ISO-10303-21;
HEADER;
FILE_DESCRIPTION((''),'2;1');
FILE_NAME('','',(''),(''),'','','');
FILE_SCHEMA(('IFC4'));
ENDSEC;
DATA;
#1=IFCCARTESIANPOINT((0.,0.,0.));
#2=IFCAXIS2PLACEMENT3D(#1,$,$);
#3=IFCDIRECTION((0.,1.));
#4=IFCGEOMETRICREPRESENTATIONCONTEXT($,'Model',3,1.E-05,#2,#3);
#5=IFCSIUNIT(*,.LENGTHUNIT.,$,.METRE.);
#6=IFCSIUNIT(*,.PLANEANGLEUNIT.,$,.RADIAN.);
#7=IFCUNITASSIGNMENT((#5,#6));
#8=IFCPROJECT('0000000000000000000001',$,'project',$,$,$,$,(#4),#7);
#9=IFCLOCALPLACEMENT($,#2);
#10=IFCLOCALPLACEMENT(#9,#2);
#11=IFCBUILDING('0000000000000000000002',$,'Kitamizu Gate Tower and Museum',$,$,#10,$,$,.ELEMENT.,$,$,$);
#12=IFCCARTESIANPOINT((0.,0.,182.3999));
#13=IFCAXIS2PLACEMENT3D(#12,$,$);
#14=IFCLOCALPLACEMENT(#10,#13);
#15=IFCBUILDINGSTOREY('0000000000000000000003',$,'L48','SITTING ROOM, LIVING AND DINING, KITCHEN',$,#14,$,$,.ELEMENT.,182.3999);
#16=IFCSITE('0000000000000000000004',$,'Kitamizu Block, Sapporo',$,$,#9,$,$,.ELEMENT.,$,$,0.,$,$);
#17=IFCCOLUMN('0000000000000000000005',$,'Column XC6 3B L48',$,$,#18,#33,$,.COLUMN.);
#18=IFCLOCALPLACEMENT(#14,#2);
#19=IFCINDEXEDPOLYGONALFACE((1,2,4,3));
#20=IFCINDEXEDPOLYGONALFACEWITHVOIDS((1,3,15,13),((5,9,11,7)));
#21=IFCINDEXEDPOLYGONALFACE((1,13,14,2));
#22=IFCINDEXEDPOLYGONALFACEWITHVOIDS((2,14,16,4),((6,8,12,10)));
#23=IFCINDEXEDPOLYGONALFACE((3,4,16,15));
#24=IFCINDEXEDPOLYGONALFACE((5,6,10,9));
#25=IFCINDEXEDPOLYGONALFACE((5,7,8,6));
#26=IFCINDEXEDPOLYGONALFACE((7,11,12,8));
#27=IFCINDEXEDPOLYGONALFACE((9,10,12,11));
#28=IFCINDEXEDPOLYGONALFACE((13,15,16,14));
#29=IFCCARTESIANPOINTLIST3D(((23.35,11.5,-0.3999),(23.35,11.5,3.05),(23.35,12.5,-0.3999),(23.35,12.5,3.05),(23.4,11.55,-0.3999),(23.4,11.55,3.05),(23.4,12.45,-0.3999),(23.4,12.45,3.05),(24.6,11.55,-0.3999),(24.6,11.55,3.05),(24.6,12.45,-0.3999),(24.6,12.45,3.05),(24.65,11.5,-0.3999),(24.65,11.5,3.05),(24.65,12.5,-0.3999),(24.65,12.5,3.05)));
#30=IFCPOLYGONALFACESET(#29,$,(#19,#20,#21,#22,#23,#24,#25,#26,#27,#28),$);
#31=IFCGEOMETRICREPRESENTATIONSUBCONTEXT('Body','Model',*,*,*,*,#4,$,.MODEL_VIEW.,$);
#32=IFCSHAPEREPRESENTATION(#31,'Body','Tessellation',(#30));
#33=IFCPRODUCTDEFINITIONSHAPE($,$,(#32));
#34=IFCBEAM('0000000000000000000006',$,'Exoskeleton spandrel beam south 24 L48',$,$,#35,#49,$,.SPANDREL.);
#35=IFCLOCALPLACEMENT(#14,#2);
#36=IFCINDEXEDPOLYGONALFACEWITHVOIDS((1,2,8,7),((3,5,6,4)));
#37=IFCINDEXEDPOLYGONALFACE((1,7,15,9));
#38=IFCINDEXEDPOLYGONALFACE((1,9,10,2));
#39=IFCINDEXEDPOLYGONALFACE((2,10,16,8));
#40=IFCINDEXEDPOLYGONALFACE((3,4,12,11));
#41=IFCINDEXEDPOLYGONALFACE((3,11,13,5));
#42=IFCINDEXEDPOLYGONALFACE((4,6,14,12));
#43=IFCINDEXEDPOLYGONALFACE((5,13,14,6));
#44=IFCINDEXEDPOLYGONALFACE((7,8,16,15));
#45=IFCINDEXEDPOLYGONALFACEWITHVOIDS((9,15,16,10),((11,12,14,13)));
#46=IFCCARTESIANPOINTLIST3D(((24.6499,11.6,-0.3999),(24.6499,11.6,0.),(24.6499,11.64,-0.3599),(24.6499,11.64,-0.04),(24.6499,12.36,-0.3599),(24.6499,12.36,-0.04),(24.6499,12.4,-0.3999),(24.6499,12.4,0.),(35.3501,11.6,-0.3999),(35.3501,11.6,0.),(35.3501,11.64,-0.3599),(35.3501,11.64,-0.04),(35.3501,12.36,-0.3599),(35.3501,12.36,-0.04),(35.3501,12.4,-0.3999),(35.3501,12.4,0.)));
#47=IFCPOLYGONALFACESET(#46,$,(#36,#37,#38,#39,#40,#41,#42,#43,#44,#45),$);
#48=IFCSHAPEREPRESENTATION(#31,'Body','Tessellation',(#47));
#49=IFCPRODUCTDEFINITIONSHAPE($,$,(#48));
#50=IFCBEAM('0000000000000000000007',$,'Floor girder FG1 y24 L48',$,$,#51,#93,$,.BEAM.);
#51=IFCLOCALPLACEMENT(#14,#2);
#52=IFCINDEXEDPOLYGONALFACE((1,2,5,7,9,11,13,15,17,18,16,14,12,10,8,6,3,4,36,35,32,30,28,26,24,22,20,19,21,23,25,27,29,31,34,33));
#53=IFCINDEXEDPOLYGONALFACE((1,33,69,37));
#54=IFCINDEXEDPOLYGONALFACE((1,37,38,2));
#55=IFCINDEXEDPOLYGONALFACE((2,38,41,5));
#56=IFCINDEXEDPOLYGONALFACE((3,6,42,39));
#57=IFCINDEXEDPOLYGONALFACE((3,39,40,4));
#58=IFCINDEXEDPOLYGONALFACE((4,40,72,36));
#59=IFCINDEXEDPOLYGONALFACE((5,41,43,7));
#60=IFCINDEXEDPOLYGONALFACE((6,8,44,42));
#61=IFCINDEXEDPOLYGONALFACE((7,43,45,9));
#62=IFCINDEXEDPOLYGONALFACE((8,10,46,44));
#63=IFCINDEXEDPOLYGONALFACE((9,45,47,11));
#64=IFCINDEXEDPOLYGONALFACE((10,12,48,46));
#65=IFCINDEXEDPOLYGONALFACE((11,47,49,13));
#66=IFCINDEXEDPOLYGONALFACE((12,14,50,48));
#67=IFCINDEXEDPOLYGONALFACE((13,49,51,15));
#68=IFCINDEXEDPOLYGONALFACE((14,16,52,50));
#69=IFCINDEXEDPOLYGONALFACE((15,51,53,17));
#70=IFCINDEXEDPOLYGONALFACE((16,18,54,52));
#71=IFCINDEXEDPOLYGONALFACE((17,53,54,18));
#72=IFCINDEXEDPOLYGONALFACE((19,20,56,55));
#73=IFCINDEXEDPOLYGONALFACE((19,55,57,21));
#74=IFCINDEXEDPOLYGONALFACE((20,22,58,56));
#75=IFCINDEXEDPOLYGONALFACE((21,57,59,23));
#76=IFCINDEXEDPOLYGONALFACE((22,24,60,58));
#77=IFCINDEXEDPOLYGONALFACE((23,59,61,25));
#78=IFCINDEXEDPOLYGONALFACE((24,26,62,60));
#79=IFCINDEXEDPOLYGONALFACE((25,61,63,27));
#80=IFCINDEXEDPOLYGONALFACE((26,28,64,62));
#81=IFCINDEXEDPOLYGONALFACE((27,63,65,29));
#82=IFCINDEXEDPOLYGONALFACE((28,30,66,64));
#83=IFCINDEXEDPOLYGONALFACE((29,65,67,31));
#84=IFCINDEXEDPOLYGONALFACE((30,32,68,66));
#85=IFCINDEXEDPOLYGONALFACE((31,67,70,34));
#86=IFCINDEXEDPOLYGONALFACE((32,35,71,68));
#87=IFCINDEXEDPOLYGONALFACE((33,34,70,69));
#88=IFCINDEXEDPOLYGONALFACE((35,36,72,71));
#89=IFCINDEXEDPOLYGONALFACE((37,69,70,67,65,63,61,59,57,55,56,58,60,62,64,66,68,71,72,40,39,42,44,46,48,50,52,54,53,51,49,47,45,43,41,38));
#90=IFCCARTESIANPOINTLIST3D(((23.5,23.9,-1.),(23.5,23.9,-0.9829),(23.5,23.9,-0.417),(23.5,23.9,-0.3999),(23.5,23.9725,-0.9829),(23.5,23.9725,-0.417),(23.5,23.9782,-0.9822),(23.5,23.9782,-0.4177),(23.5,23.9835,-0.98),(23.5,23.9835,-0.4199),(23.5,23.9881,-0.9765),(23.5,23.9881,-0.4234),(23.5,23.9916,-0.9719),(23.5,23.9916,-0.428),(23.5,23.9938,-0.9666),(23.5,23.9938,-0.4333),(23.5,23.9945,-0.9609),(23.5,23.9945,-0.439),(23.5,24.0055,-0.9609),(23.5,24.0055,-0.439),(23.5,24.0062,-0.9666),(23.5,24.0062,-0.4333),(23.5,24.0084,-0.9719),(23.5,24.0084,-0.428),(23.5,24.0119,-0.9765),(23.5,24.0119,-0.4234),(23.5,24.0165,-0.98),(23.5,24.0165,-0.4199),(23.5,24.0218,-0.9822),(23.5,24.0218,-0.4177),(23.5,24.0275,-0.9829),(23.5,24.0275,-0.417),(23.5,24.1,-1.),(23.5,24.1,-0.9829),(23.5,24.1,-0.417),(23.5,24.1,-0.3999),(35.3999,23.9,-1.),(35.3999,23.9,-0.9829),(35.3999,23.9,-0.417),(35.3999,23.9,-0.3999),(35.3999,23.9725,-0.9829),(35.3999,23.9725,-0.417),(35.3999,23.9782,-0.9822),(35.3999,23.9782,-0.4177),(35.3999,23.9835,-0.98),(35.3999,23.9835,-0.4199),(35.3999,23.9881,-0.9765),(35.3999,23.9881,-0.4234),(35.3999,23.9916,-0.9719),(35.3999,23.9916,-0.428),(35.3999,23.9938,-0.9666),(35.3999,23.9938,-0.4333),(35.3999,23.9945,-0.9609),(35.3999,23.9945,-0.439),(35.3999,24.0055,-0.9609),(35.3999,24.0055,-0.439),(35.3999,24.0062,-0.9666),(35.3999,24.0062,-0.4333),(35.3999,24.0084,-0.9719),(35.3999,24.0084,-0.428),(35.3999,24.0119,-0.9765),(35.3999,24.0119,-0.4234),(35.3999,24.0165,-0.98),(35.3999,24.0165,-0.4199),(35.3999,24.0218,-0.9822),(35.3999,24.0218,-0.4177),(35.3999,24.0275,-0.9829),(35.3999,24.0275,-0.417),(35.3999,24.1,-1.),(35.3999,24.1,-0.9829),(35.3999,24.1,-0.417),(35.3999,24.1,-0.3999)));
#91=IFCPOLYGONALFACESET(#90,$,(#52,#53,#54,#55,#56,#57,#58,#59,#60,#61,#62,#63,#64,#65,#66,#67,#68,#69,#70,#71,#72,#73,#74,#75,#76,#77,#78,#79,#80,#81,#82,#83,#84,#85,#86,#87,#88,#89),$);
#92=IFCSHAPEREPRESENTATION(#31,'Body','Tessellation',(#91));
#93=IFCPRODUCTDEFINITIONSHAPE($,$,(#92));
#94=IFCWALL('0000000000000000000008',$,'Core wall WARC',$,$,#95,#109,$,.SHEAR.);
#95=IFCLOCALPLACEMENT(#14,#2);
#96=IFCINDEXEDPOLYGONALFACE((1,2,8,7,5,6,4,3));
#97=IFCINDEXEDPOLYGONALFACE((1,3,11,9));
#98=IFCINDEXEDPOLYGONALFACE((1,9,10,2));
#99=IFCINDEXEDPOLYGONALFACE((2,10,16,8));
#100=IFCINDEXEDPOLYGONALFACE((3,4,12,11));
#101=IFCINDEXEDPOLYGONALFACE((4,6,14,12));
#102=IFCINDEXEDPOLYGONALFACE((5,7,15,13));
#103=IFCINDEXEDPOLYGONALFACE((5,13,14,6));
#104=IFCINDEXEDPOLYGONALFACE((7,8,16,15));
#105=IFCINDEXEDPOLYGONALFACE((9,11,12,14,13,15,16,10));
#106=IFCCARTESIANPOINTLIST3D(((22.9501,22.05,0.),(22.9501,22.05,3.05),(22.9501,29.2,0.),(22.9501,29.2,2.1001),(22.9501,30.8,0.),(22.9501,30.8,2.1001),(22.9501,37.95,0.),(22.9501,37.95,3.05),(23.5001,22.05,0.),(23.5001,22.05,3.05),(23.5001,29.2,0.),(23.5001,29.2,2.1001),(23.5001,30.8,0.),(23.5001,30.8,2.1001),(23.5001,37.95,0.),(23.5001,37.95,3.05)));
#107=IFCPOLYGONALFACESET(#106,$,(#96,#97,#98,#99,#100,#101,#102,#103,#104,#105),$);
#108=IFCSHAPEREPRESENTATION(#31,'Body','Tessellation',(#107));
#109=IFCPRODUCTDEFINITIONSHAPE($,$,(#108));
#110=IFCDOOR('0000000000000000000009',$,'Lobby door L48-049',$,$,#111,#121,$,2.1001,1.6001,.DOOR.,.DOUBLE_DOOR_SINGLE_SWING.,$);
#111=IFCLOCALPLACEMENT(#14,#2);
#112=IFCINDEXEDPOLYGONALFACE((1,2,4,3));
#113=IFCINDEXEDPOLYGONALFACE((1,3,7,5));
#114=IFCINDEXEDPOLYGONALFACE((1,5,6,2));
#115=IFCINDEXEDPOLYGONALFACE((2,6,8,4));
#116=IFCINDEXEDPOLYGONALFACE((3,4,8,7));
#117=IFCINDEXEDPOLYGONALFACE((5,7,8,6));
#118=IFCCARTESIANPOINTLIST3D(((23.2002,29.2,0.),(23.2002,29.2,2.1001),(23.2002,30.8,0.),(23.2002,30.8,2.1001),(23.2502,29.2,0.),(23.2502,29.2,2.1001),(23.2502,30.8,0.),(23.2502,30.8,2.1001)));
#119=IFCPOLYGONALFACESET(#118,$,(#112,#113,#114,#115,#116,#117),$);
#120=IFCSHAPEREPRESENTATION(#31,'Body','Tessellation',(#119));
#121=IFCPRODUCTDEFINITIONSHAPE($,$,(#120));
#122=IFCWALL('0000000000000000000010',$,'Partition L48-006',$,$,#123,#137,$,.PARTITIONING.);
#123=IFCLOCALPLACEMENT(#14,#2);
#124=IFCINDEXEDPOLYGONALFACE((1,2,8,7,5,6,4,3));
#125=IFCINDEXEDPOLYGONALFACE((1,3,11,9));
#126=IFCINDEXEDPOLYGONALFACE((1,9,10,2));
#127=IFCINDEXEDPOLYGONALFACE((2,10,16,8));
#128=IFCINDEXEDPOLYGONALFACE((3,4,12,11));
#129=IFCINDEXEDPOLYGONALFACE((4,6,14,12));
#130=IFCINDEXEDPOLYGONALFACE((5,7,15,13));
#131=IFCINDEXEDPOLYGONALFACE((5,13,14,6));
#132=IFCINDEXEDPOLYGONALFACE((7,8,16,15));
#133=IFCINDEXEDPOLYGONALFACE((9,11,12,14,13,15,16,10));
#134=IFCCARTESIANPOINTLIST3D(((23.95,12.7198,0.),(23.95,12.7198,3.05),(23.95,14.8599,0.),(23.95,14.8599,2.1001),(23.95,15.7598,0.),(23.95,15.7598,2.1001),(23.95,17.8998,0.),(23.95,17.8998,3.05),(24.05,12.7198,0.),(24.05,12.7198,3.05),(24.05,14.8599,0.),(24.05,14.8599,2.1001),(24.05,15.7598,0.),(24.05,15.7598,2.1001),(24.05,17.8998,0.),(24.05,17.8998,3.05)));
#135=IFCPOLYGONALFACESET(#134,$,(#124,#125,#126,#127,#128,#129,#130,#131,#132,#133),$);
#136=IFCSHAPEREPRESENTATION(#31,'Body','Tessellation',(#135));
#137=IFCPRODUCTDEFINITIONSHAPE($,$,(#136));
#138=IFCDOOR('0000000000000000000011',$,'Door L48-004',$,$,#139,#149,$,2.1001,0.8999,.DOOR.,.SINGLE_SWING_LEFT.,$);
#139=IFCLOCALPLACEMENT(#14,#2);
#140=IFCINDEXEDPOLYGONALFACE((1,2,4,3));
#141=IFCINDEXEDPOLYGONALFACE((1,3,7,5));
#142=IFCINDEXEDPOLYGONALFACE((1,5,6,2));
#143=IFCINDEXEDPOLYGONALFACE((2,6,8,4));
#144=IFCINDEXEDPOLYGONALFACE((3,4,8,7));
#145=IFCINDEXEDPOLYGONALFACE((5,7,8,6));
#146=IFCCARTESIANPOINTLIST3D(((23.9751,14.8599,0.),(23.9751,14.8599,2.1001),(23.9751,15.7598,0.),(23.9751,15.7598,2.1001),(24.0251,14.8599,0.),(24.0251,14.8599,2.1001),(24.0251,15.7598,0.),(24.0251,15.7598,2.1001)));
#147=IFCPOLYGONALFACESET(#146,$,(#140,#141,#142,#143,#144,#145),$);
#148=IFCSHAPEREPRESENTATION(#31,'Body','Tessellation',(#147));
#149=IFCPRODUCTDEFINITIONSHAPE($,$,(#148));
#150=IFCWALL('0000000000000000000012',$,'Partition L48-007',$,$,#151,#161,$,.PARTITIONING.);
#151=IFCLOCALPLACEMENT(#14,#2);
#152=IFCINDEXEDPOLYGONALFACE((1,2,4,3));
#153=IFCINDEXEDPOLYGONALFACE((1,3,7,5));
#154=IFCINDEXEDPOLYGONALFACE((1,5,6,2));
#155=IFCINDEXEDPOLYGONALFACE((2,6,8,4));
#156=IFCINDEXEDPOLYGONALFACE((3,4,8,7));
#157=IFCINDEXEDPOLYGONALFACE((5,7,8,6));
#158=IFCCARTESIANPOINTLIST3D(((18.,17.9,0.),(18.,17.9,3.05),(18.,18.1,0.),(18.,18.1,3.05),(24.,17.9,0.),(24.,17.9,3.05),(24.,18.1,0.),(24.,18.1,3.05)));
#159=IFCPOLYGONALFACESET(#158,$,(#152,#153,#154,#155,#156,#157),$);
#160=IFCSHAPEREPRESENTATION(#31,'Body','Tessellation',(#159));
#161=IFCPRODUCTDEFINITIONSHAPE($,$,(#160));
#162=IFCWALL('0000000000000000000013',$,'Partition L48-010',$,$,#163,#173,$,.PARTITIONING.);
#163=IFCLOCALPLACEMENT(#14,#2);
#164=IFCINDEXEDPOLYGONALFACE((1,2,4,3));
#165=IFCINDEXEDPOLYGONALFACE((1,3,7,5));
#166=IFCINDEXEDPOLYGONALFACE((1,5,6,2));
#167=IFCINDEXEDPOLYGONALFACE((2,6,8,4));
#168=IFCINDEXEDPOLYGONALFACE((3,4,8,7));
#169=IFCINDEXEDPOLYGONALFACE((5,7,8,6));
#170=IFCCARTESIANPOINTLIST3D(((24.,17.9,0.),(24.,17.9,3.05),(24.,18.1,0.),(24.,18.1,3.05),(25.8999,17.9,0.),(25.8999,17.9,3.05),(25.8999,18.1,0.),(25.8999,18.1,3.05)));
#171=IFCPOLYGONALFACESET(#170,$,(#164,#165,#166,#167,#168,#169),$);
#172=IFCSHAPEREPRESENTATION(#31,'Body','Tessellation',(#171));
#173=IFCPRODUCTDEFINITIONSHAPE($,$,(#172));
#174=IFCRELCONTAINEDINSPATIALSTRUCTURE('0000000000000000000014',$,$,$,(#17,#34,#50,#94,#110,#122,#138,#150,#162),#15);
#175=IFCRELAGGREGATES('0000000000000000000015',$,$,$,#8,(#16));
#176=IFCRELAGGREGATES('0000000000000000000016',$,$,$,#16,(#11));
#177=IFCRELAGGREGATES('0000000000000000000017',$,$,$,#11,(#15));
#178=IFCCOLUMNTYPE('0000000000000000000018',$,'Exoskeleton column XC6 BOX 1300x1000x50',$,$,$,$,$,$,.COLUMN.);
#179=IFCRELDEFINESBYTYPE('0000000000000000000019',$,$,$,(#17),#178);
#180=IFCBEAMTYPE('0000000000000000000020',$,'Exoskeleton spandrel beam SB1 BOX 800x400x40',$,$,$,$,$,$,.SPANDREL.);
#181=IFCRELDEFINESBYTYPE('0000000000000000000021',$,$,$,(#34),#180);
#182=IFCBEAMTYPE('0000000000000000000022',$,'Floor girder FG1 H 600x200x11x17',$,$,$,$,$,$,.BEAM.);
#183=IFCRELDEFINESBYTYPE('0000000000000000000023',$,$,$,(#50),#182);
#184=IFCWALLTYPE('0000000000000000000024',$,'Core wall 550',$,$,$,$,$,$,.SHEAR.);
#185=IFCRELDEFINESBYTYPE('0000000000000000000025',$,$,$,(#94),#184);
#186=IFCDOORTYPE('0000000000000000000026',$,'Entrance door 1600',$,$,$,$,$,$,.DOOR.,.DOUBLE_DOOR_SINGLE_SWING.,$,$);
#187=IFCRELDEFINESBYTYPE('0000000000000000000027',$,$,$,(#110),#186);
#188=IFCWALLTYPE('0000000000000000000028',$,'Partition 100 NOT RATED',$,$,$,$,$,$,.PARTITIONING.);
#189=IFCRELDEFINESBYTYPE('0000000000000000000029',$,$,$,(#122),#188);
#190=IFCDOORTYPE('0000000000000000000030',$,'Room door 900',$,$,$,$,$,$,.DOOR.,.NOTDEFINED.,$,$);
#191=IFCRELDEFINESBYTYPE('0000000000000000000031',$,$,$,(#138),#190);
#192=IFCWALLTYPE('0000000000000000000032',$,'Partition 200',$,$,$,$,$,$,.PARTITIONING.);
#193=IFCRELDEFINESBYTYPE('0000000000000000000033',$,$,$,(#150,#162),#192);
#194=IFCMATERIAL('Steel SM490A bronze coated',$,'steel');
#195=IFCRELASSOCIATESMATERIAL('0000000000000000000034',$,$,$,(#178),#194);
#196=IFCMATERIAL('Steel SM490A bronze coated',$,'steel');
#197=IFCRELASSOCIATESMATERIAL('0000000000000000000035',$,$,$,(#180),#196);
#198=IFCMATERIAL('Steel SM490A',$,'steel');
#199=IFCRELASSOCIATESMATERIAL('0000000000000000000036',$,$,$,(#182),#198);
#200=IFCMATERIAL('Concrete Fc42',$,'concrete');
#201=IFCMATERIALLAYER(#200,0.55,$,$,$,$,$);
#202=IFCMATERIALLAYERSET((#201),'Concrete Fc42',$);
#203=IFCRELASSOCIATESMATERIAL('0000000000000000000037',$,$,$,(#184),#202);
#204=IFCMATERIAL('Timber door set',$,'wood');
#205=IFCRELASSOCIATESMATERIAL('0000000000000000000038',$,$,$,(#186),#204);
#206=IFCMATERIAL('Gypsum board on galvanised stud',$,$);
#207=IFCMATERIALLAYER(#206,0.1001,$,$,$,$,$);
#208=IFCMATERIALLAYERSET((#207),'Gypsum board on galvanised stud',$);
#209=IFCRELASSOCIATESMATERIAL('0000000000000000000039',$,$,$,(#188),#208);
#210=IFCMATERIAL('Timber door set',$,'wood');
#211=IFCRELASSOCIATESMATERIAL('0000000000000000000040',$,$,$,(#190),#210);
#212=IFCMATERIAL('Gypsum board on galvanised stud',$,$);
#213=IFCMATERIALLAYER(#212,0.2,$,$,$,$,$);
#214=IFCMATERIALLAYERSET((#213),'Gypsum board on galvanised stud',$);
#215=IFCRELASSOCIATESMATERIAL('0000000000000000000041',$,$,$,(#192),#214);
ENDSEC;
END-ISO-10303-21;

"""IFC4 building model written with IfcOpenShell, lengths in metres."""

from ifc_helpers import new_model, si_unit, direction, frame, frame_2d, origin, origin_2d, place, context, subcontext, project, spatial, rectangle, hollow_rectangle, i_section, extrude, material, layer, layer_set, material_profile, profile_set, type_object, element, fill, save


model = new_model("IFC4")

# Units and contexts
model_context = context("Model", 3, precision=1e-05, world=origin(), true_north=direction((0.0, 1.0)))
body_context = subcontext(model_context, "Body", "Model", "MODEL_VIEW")
ifc_project = project(units=[si_unit("LENGTHUNIT", "METRE"), si_unit("PLANEANGLEUNIT", "RADIAN")], contexts=[model_context])

# Site, building, storey
site_placement = place(None, origin())
site = spatial("IfcSite", under=ifc_project, at=site_placement, Name="Kitamizu Block, Sapporo", CompositionType="ELEMENT", RefElevation=0.0)
building_placement = place(site_placement, origin())
building = spatial("IfcBuilding", under=site, at=building_placement, Name="Kitamizu Gate Tower and Museum", CompositionType="ELEMENT")
storey_placement = place(building_placement, frame((0.0, 0.0, 182.3999)))
storey = spatial("IfcBuildingStorey", under=building, at=storey_placement, Name="L48", Description="SITTING ROOM, LIVING AND DINING, KITCHEN", CompositionType="ELEMENT", Elevation=182.3999)

# Column
ifc_material_1 = material(Name="Steel SM490A bronze coated", Category="steel")
ifc_material_profile_1 = material_profile(ifc_material_1, hollow_rectangle(XDim=1.3, YDim=1.0, WallThickness=0.05, at=origin_2d()), Name="BOX 1300x1000x50")
ifc_profile_set_1 = profile_set([ifc_material_profile_1], Name="Steel SM490A bronze coated")
column_type = type_object("IfcColumnType", Name="Exoskeleton column XC6 BOX 1300x1000x50", PredefinedType="COLUMN", material=ifc_profile_set_1)
column_placement = place(storey_placement, frame((24.0, 12.0, -0.3999), z_axis=(0.0, 0.0, 1.0), x_axis=(1.0, 0.0, 0.0)))
element("IfcColumn", 1, at=column_placement, inside=storey, type_object=column_type, Name="Column XC6 3B L48", PredefinedType="COLUMN", context=body_context, shape_type="SweptSolid", body=[
    extrude(hollow_rectangle(XDim=1.3, YDim=1.0, WallThickness=0.05, at=origin_2d()), origin(), (0.0, 0.0, 1.0), 3.45),
])

# Beams
ifc_material_2 = material(Name="Steel SM490A bronze coated", Category="steel")
ifc_material_profile_2 = material_profile(ifc_material_2, hollow_rectangle(XDim=0.8, YDim=0.3999, WallThickness=0.04, at=origin_2d()), Name="BOX 800x400x40")
ifc_profile_set_2 = profile_set([ifc_material_profile_2], Name="Steel SM490A bronze coated")
beam_type_1 = type_object("IfcBeamType", Name="Exoskeleton spandrel beam SB1 BOX 800x400x40", PredefinedType="SPANDREL", material=ifc_profile_set_2)
beam_1_placement = place(storey_placement, frame((24.6499, 12.0, -0.2), z_axis=(1.0, 0.0, 0.0), x_axis=(0.0, 1.0, 0.0)))
element("IfcBeam", 2, at=beam_1_placement, inside=storey, type_object=beam_type_1, Name="Exoskeleton spandrel beam south 24 L48", PredefinedType="SPANDREL", context=body_context, shape_type="SweptSolid", body=[
    extrude(hollow_rectangle(XDim=0.8, YDim=0.3999, WallThickness=0.04, at=origin_2d()), origin(), (0.0, 0.0, 1.0), 10.7002),
])
ifc_material_3 = material(Name="Steel SM490A", Category="steel")
ifc_material_profile_3 = material_profile(ifc_material_3, i_section(OverallWidth=0.2, OverallDepth=0.6001, WebThickness=0.011, FlangeThickness=0.0171, FilletRadius=0.022, at=origin_2d()), Name="H-600x200x11x17")
ifc_profile_set_3 = profile_set([ifc_material_profile_3], Name="Steel SM490A")
beam_type_2 = type_object("IfcBeamType", Name="Floor girder FG1 H 600x200x11x17", PredefinedType="BEAM", material=ifc_profile_set_3)
beam_2_placement = place(storey_placement, frame((23.5, 24.0, -0.7), z_axis=(1.0, 0.0, 0.0), x_axis=(0.0, 1.0, 0.0)))
element("IfcBeam", 3, at=beam_2_placement, inside=storey, type_object=beam_type_2, Name="Floor girder FG1 y24 L48", PredefinedType="BEAM", context=body_context, shape_type="SweptSolid", body=[
    extrude(i_section(OverallWidth=0.2, OverallDepth=0.6001, WebThickness=0.011, FlangeThickness=0.0171, FilletRadius=0.022, at=origin_2d()), origin(), (0.0, 0.0, 1.0), 11.8999),
])

# Walls, openings, doors
ifc_material_4 = material(Name="Concrete Fc42", Category="concrete")
ifc_layer_1 = layer(ifc_material_4, 0.55)
ifc_layer_set_1 = layer_set([ifc_layer_1], Name="Concrete Fc42")
wall_type_1 = type_object("IfcWallType", Name="Core wall 550", PredefinedType="SHEAR", material=ifc_layer_set_1)
wall_1_placement = place(storey_placement, frame((23.2251, 22.05, 0.0), z_axis=(0.0, 0.0, 1.0), x_axis=(0.0, 1.0, 0.0)))
wall_1 = element("IfcWall", 4, at=wall_1_placement, inside=storey, type_object=wall_type_1, Name="Core wall WARC", PredefinedType="SHEAR", context=body_context, shape_type="SweptSolid", body=[
    extrude(rectangle(XDim=15.8999, YDim=0.55, at=frame_2d((7.95, 0.0))), origin(), (0.0, 0.0, 1.0), 3.05),
])
opening_1_placement = place(wall_1_placement, frame((7.1499, 0.0, 0.0)))
opening_1 = element("IfcOpeningElement", 5, at=opening_1_placement, cuts=wall_1, PredefinedType="OPENING", context=body_context, shape_type="SweptSolid", body=[
    extrude(rectangle(XDim=1.6001, YDim=2.1001, at=frame_2d((0.8, 1.05))), frame((0.0, 0.2852, 0.0), z_axis=(0.0, -1.0, 0.0), x_axis=(1.0, 0.0, 0.0)), (0.0, 0.0, 1.0), 0.5701),
])
ifc_material_5 = material(Name="Timber door set", Category="wood")
door_type_1 = type_object("IfcDoorType", Name="Entrance door 1600", OperationType="DOUBLE_DOOR_SINGLE_SWING", PredefinedType="DOOR", material=ifc_material_5)
door_1_placement = place(opening_1_placement, origin())
door_1 = element("IfcDoor", 6, at=door_1_placement, inside=storey, type_object=door_type_1, Name="Lobby door L48-049", OperationType="DOUBLE_DOOR_SINGLE_SWING", OverallHeight=2.1001, OverallWidth=1.6001, PredefinedType="DOOR", context=body_context, shape_type="SweptSolid", body=[
    extrude(rectangle(XDim=1.6001, YDim=2.1001, at=frame_2d((0.8, 1.05))), frame((0.0, 0.0249, 0.0), z_axis=(0.0, -1.0, 0.0), x_axis=(1.0, 0.0, 0.0)), (0.0, 0.0, 1.0), 0.05),
])
fill(opening_1, door_1)
ifc_material_6 = material(Name="Gypsum board on galvanised stud")
ifc_layer_2 = layer(ifc_material_6, 0.1001)
ifc_layer_set_2 = layer_set([ifc_layer_2], Name="Gypsum board on galvanised stud")
wall_type_2 = type_object("IfcWallType", Name="Partition 100 NOT RATED", PredefinedType="PARTITIONING", material=ifc_layer_set_2)
wall_2_placement = place(storey_placement, frame((24.0, 12.72, 0.0), z_axis=(0.0, 0.0, 1.0), x_axis=(0.0, 1.0, 0.0)))
wall_2 = element("IfcWall", 7, at=wall_2_placement, inside=storey, type_object=wall_type_2, Name="Partition L48-006", PredefinedType="PARTITIONING", context=body_context, shape_type="SweptSolid", body=[
    extrude(rectangle(XDim=5.1799, YDim=0.1001, at=frame_2d((2.5898, 0.0))), origin(), (0.0, 0.0, 1.0), 3.05),
])
opening_2_placement = place(wall_2_placement, frame((2.1399, 0.0, 0.0)))
opening_2 = element("IfcOpeningElement", 8, at=opening_2_placement, cuts=wall_2, PredefinedType="OPENING", context=body_context, shape_type="SweptSolid", body=[
    extrude(rectangle(XDim=0.8999, YDim=2.1001, at=frame_2d((0.45, 1.05))), frame((0.0, 0.0601, 0.0), z_axis=(0.0, -1.0, 0.0), x_axis=(1.0, 0.0, 0.0)), (0.0, 0.0, 1.0), 0.1201),
])
ifc_material_7 = material(Name="Timber door set", Category="wood")
door_type_2 = type_object("IfcDoorType", Name="Room door 900", OperationType="NOTDEFINED", PredefinedType="DOOR", material=ifc_material_7)
door_2_placement = place(opening_2_placement, origin())
door_2 = element("IfcDoor", 9, at=door_2_placement, inside=storey, type_object=door_type_2, Name="Door L48-004", OperationType="SINGLE_SWING_LEFT", OverallHeight=2.1001, OverallWidth=0.8999, PredefinedType="DOOR", context=body_context, shape_type="SweptSolid", body=[
    extrude(rectangle(XDim=0.8999, YDim=2.1001, at=frame_2d((0.45, 1.05))), frame((0.0, 0.0249, 0.0), z_axis=(0.0, -1.0, 0.0), x_axis=(1.0, 0.0, 0.0)), (0.0, 0.0, 1.0), 0.05),
])
fill(opening_2, door_2)

# Walls
ifc_material_8 = material(Name="Gypsum board on galvanised stud")
ifc_layer_3 = layer(ifc_material_8, 0.2)
ifc_layer_set_3 = layer_set([ifc_layer_3], Name="Gypsum board on galvanised stud")
wall_type_3 = type_object("IfcWallType", Name="Partition 200", PredefinedType="PARTITIONING", material=ifc_layer_set_3)
wall_3_placement = place(storey_placement, frame((24.0, 18.0, 0.0), z_axis=(0.0, 0.0, 1.0), x_axis=(-1.0, 0.0, 0.0)))
element("IfcWall", 10, at=wall_3_placement, inside=storey, type_object=wall_type_3, Name="Partition L48-007", PredefinedType="PARTITIONING", context=body_context, shape_type="SweptSolid", body=[
    extrude(rectangle(XDim=6.0, YDim=0.2, at=frame_2d((3.0, 0.0))), origin(), (0.0, 0.0, 1.0), 3.05),
])
wall_4_placement = place(storey_placement, frame((25.8999, 18.0, 0.0), z_axis=(0.0, 0.0, 1.0), x_axis=(-1.0, 0.0, 0.0)))
element("IfcWall", 11, at=wall_4_placement, inside=storey, type_object=wall_type_3, Name="Partition L48-010", PredefinedType="PARTITIONING", context=body_context, shape_type="SweptSolid", body=[
    extrude(rectangle(XDim=1.8999, YDim=0.2, at=frame_2d((0.95, 0.0))), origin(), (0.0, 0.0, 1.0), 3.05),
])

save(model, "model.ifc")
